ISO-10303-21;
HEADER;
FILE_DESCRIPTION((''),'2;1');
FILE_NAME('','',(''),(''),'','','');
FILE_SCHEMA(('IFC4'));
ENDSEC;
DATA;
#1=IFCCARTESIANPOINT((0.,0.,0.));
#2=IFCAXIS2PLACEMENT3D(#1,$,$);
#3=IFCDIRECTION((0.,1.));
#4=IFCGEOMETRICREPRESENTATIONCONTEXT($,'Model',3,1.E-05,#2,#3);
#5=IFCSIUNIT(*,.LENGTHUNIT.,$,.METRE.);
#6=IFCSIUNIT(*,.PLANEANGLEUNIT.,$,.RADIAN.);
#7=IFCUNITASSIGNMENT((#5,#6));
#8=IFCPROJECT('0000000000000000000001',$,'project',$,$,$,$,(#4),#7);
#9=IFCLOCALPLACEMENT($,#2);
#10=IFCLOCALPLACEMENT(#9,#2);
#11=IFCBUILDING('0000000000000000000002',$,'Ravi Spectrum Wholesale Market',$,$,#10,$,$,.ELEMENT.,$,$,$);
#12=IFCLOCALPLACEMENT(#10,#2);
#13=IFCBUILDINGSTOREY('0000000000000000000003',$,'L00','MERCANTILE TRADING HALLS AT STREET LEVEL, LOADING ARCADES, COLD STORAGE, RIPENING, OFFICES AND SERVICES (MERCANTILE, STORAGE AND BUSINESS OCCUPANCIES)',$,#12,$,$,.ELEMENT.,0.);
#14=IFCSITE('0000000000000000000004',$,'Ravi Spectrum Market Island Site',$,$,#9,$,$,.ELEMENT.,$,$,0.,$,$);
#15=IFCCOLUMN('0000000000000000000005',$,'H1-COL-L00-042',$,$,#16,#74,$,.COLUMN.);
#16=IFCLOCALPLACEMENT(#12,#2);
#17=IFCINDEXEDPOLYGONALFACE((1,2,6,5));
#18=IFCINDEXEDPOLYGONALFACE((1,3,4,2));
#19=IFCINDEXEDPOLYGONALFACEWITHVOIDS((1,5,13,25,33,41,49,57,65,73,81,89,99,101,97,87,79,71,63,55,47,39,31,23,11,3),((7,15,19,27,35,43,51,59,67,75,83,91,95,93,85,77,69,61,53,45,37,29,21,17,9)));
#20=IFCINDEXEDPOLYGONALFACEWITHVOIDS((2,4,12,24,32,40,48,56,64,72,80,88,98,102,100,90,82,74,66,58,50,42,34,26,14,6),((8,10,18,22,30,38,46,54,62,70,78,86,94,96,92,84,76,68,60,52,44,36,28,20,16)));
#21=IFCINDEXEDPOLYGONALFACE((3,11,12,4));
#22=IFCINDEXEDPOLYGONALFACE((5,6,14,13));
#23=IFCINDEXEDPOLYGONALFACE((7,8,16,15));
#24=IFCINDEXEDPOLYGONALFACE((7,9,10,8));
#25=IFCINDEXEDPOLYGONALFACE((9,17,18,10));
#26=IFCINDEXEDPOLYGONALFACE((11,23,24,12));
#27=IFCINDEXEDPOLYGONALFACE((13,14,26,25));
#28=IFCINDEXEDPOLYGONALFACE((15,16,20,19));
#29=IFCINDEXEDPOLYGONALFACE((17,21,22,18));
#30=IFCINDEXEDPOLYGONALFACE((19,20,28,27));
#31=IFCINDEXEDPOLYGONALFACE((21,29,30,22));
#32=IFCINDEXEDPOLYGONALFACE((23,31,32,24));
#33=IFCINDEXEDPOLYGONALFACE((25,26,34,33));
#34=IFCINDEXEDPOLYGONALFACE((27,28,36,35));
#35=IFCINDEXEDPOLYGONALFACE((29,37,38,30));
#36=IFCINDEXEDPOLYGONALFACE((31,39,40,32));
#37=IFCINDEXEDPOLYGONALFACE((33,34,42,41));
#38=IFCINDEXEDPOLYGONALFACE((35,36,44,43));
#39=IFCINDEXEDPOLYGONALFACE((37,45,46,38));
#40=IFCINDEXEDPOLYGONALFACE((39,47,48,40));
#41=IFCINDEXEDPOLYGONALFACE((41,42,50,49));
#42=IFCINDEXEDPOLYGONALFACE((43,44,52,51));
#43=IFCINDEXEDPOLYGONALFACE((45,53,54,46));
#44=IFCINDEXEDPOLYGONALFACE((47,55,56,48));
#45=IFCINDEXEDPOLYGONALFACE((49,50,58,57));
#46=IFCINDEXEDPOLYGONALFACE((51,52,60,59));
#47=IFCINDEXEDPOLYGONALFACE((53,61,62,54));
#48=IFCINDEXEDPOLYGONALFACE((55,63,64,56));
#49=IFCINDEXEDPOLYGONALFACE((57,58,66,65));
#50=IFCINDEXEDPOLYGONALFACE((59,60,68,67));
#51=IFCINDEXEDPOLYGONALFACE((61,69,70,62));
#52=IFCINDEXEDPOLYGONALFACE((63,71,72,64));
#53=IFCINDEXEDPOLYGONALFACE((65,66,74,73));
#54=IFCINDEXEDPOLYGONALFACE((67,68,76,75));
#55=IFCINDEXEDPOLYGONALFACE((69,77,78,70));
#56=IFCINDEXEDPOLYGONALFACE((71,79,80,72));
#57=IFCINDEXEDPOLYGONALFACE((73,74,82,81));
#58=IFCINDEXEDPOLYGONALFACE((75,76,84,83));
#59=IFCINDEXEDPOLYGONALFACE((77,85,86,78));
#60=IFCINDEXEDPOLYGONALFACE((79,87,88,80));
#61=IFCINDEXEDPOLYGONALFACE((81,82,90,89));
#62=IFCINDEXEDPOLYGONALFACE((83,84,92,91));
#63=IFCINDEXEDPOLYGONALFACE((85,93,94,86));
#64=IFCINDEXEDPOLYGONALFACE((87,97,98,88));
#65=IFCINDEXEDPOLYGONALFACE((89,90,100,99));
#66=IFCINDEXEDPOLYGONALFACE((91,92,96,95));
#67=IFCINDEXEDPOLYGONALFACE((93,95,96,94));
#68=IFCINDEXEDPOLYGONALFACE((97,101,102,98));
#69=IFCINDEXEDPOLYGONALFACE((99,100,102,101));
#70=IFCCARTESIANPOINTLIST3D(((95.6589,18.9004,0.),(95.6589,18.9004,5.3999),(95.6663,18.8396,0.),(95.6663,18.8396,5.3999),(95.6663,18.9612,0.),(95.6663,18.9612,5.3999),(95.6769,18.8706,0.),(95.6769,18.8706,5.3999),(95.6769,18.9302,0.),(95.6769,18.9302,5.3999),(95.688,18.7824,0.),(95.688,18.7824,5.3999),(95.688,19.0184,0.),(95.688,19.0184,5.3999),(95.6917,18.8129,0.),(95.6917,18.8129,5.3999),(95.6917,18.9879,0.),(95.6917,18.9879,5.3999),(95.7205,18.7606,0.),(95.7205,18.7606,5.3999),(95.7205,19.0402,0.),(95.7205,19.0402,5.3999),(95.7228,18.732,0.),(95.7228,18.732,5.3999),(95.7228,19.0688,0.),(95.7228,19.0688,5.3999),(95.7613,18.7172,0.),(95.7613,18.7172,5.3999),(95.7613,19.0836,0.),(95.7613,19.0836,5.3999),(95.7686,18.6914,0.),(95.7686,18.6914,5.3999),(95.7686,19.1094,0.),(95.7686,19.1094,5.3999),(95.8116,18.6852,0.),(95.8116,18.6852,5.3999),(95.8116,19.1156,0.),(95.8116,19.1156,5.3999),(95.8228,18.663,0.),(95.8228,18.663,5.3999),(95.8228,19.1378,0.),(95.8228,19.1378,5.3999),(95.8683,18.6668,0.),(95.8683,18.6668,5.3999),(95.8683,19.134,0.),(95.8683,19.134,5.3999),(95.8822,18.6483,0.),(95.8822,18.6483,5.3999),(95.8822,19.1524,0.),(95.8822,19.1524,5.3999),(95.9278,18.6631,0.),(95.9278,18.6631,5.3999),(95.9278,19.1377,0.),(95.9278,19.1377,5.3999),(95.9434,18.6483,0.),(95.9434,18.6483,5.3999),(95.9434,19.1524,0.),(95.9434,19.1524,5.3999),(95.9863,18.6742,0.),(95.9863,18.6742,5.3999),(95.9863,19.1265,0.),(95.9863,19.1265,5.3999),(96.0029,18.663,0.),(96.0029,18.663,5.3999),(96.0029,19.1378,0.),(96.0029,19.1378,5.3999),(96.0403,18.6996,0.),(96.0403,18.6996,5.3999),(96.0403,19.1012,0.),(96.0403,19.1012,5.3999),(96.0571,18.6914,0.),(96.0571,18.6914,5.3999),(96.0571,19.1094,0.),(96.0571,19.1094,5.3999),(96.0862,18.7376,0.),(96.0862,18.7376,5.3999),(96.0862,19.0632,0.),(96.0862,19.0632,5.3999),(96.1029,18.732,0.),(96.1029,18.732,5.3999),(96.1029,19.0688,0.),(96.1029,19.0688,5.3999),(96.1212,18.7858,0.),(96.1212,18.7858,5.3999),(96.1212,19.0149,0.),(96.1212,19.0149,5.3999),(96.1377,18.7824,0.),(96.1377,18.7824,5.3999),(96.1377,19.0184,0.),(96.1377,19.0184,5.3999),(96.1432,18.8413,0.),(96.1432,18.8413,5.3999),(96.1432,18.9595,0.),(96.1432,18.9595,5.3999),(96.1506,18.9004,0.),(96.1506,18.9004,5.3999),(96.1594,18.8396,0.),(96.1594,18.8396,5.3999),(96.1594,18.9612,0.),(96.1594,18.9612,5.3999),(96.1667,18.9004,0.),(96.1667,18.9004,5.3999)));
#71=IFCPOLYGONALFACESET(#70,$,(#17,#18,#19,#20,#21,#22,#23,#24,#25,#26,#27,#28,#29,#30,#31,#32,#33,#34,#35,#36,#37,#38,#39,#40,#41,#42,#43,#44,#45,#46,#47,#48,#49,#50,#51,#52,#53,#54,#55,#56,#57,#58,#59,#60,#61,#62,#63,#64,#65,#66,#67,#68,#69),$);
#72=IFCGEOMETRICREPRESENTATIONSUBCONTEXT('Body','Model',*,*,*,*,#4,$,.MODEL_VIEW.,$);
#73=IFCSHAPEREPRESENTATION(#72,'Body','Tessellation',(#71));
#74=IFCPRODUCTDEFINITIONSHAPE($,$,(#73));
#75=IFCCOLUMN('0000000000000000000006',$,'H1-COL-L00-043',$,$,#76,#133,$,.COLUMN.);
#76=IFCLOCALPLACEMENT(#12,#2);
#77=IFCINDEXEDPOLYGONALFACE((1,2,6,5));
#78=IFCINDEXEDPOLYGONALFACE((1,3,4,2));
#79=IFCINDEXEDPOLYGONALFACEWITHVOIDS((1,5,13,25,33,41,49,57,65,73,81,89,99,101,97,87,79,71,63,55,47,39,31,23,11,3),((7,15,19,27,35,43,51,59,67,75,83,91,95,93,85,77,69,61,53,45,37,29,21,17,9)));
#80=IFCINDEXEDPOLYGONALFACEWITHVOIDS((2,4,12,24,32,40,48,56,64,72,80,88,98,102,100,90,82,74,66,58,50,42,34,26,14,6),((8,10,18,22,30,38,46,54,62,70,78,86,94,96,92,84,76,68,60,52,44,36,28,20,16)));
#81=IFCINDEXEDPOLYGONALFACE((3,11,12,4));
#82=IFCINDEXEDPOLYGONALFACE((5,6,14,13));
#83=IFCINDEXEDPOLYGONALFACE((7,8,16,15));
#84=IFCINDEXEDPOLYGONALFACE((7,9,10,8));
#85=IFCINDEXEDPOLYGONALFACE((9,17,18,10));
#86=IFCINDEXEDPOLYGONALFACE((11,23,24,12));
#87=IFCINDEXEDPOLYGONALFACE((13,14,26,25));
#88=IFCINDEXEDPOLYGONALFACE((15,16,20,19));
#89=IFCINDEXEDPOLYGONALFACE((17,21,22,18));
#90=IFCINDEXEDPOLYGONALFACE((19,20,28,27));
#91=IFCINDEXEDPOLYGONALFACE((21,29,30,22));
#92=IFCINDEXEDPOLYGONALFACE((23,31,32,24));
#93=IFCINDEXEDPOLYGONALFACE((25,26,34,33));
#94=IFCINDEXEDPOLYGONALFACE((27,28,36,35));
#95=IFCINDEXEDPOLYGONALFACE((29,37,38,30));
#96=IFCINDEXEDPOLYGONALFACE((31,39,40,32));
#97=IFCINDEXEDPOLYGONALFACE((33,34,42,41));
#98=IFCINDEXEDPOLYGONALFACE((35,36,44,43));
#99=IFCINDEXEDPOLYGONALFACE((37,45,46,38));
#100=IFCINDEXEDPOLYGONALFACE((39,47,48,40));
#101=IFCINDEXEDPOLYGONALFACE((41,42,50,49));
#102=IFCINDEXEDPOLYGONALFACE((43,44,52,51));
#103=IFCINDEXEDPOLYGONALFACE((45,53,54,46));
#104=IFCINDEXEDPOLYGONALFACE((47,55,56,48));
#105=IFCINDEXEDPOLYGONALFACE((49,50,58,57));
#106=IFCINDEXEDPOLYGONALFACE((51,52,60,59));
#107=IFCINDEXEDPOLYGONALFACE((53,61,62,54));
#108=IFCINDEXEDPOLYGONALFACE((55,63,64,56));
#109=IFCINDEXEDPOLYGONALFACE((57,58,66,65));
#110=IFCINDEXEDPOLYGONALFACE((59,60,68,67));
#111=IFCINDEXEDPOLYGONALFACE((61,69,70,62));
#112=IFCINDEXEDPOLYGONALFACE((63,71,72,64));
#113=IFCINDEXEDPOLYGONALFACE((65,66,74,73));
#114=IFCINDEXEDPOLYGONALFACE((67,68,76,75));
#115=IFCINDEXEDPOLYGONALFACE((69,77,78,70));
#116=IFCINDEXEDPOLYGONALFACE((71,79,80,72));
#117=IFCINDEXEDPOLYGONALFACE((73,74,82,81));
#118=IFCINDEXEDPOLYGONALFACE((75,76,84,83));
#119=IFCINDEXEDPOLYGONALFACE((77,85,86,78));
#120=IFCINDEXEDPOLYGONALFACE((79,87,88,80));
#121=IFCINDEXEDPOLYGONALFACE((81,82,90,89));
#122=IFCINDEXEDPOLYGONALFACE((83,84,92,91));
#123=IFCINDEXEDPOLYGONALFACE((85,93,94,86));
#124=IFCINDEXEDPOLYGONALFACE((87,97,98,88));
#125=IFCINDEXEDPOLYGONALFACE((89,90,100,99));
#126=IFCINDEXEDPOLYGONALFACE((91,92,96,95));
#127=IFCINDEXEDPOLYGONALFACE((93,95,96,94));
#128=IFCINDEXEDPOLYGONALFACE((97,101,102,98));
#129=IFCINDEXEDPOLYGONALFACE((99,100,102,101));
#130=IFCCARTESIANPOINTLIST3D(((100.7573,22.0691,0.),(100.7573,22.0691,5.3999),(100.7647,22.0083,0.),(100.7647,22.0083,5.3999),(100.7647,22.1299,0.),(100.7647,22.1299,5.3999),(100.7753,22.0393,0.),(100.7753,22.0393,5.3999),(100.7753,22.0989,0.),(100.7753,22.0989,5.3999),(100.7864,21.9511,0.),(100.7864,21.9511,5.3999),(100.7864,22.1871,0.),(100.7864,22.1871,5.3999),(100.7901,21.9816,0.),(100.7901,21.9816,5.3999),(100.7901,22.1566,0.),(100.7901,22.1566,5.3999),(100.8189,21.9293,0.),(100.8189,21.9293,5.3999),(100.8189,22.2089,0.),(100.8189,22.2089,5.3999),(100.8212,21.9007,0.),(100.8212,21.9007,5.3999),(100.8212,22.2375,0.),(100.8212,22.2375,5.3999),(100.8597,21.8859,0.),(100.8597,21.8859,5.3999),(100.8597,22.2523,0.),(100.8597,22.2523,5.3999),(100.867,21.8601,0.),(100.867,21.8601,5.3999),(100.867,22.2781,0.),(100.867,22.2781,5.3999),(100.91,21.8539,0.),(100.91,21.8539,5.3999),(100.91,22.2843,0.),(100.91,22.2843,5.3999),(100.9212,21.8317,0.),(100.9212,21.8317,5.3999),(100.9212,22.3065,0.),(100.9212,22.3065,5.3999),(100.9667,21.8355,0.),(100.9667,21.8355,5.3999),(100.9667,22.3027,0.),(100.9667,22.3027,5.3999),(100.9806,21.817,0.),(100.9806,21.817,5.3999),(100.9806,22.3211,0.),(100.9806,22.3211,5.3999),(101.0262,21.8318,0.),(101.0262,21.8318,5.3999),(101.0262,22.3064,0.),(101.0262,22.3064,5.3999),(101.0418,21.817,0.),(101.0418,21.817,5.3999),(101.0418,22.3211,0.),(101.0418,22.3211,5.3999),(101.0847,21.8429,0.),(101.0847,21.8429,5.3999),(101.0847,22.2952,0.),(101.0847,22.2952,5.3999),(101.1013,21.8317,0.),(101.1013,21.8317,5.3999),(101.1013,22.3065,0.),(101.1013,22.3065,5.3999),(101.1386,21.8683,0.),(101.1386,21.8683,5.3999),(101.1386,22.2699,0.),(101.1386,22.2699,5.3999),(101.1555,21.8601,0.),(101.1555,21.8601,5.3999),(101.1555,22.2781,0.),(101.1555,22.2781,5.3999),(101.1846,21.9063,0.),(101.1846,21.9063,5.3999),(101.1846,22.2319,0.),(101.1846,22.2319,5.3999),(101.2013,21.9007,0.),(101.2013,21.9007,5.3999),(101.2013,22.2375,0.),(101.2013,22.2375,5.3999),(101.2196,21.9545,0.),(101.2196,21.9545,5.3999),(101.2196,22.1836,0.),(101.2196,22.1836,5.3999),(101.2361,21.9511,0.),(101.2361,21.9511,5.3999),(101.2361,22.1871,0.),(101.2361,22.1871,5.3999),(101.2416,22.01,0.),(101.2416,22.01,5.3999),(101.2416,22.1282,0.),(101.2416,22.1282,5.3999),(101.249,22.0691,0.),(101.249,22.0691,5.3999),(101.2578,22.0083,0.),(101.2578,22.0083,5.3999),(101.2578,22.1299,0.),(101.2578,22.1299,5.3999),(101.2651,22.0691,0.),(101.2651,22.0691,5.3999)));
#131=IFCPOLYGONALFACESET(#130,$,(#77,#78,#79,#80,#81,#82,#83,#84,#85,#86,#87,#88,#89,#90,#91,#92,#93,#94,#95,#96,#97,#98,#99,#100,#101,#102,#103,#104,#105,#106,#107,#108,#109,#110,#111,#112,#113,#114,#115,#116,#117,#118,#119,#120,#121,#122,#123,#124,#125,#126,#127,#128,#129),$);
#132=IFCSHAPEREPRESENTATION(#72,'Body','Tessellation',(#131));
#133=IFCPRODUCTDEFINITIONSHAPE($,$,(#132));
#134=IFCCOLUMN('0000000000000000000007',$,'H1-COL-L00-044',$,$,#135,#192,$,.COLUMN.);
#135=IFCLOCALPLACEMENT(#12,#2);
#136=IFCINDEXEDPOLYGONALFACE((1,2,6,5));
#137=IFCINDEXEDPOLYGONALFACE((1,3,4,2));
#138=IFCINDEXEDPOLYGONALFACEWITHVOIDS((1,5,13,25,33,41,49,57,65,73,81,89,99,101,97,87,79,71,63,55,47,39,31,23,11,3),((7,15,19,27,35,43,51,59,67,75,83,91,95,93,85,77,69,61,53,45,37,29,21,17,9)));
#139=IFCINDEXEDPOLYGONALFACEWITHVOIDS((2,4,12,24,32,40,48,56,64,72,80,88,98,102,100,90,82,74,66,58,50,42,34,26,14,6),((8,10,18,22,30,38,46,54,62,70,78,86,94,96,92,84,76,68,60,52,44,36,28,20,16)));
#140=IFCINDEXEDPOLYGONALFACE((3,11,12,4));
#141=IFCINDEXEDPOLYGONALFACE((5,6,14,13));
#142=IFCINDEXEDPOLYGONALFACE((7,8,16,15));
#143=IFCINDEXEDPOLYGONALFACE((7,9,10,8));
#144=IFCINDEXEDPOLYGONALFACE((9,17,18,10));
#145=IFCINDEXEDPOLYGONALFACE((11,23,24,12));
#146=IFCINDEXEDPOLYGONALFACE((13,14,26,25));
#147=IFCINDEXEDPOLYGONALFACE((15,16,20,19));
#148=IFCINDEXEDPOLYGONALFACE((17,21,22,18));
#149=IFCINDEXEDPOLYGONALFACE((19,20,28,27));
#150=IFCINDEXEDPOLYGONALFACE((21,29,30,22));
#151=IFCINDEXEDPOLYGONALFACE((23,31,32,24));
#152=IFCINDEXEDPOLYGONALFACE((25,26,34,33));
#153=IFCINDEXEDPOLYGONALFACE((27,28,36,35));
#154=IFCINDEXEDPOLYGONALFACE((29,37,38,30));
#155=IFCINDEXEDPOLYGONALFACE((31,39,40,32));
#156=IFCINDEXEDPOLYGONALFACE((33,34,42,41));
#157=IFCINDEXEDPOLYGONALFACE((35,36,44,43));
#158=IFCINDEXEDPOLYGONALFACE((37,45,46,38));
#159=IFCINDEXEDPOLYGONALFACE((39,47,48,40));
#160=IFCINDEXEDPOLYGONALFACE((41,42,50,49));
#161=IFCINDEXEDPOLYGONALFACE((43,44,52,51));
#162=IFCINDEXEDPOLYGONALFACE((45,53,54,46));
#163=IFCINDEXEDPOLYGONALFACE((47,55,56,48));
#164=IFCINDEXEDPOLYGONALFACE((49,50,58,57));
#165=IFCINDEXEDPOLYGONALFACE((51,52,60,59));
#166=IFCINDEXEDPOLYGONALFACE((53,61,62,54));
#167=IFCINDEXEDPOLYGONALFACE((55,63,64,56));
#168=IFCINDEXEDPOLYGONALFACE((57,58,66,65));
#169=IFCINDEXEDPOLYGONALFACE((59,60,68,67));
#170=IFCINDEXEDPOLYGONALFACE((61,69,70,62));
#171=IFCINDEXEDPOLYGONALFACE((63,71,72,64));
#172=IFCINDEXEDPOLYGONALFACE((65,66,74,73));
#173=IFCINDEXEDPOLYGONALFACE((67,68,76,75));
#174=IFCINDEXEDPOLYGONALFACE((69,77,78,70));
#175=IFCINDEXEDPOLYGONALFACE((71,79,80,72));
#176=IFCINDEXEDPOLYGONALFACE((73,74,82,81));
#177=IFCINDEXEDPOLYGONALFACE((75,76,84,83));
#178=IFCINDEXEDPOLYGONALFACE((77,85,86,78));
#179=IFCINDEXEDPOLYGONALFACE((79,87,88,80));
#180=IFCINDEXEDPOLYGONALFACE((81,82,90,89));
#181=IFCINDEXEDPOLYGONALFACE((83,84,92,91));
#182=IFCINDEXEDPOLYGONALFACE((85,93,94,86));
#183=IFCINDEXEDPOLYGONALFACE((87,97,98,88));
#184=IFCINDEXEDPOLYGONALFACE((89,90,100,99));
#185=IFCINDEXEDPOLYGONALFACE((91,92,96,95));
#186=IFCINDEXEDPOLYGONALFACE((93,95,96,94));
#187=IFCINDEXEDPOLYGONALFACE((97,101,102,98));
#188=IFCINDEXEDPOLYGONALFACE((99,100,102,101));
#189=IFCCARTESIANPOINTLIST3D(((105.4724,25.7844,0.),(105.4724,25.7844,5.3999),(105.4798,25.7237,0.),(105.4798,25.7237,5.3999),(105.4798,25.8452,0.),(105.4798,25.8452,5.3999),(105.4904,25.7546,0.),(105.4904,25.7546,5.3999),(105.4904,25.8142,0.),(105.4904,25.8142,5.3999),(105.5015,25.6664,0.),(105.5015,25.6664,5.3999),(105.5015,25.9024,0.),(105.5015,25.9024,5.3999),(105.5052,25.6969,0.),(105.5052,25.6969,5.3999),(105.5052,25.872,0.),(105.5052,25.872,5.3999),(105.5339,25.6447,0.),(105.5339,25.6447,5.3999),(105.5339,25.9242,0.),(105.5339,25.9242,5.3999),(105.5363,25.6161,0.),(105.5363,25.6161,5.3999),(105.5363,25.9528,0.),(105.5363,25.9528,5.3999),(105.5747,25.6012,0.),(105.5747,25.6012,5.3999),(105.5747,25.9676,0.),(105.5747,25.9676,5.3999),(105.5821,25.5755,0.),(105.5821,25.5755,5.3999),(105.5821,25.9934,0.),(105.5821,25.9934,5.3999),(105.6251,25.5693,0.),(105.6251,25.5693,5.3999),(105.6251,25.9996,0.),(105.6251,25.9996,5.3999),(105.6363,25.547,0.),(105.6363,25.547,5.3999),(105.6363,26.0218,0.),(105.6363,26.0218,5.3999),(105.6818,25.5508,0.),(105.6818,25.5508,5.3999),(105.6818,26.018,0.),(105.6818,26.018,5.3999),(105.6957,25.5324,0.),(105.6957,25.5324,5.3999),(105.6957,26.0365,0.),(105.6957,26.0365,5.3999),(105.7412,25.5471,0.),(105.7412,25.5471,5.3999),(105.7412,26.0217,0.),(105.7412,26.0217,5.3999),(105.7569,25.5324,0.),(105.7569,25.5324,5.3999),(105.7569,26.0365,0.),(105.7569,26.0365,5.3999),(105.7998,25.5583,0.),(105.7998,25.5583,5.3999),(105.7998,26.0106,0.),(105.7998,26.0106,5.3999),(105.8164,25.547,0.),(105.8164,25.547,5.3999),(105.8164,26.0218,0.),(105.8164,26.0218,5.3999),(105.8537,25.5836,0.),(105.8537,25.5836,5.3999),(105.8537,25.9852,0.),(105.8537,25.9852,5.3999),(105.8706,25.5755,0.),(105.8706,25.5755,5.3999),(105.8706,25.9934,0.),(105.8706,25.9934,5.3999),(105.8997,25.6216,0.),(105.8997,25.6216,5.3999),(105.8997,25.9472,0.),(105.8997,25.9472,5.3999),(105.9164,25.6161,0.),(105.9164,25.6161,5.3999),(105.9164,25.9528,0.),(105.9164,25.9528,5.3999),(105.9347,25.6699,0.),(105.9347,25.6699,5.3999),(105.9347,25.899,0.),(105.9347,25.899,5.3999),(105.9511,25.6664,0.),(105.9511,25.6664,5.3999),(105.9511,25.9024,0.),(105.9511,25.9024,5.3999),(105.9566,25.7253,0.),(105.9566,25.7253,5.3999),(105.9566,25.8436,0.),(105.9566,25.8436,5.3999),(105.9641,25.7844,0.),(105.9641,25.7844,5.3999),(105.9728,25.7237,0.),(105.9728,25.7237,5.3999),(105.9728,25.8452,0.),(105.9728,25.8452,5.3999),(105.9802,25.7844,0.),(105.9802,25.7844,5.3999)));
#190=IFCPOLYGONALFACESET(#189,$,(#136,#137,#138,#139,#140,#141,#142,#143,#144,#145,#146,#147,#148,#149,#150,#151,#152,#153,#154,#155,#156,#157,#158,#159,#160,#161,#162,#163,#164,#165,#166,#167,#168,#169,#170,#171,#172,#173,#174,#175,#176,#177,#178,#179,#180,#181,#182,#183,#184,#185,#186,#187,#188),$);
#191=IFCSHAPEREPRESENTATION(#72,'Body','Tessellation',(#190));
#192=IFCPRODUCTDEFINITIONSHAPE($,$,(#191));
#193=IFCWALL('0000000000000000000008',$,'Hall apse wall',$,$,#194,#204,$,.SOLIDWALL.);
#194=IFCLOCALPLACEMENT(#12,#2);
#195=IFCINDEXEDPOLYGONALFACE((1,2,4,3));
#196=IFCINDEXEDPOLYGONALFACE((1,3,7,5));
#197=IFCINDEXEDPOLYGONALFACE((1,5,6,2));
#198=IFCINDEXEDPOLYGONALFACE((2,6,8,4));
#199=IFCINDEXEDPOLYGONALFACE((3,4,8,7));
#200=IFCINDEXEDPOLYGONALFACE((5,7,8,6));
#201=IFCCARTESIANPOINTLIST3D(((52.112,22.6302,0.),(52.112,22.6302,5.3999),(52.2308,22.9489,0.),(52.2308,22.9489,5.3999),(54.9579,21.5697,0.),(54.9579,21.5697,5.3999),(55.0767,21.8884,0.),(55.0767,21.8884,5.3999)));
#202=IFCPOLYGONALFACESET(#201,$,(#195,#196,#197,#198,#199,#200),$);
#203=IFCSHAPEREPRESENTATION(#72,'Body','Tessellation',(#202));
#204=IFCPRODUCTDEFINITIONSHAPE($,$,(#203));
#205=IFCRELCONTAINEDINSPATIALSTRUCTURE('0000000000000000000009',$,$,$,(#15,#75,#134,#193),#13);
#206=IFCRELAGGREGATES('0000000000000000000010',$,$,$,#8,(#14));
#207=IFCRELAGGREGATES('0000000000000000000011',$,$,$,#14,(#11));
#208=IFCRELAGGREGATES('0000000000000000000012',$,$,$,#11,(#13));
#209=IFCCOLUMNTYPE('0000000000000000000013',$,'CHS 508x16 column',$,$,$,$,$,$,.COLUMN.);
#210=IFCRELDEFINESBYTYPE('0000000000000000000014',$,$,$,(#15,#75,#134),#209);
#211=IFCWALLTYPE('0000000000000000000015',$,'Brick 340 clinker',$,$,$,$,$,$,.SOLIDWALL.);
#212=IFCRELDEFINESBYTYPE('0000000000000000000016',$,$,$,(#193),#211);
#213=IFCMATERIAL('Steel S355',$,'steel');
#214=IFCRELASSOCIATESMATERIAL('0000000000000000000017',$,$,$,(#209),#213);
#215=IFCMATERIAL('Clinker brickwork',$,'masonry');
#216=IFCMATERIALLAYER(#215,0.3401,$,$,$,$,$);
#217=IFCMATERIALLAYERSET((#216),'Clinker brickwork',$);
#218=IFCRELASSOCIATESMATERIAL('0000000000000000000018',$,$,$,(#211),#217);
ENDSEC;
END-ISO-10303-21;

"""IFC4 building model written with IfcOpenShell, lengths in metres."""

from ifc_helpers import new_model, si_unit, direction, frame, frame_2d, origin, origin_2d, place, context, subcontext, project, spatial, rectangle, hollow_circle, extrude, material, layer, layer_set, material_profile, profile_set, type_object, element, save


model = new_model("IFC4")

# Units and contexts
model_context = context("Model", 3, precision=1e-05, world=origin(), true_north=direction((0.0, 1.0)))
body_context = subcontext(model_context, "Body", "Model", "MODEL_VIEW")
ifc_project = project(units=[si_unit("LENGTHUNIT", "METRE"), si_unit("PLANEANGLEUNIT", "RADIAN")], contexts=[model_context])

# Site, building, storey
site_placement = place(None, origin())
site = spatial("IfcSite", under=ifc_project, at=site_placement, Name="Ravi Spectrum Market Island Site", CompositionType="ELEMENT", RefElevation=0.0)
building_placement = place(site_placement, origin())
building = spatial("IfcBuilding", under=site, at=building_placement, Name="Ravi Spectrum Wholesale Market", CompositionType="ELEMENT")
storey_placement = place(building_placement, origin())
storey = spatial("IfcBuildingStorey", under=building, at=storey_placement, Name="L00", Description="MERCANTILE TRADING HALLS AT STREET LEVEL, LOADING ARCADES, COLD STORAGE, RIPENING, OFFICES AND SERVICES (MERCANTILE, STORAGE AND BUSINESS OCCUPANCIES)", CompositionType="ELEMENT", Elevation=0.0)

# Columns
ifc_material_1 = material(Name="Steel S355", Category="steel")
ifc_material_profile = material_profile(ifc_material_1, hollow_circle(Radius=0.2539, WallThickness=0.0161, at=origin_2d()))
ifc_profile_set = profile_set([ifc_material_profile], Name="Steel S355")
column_type = type_object("IfcColumnType", Name="CHS 508x16 column", PredefinedType="COLUMN", material=ifc_profile_set)
for number, where, z_axis, x_axis, name in (
    (1, (95.9128, 18.9004, 0.0), (0.0, 0.0, 1.0), (1.0, 0.0, 0.0), "H1-COL-L00-042"),
    (2, (101.0112, 22.0691, 0.0), (0.0, 0.0, 1.0), (1.0, 0.0, 0.0), "H1-COL-L00-043"),
    (3, (105.7263, 25.7844, 0.0), (0.0, 0.0, 1.0), (1.0, 0.0, 0.0), "H1-COL-L00-044"),
):
    element("IfcColumn", number, at=place(storey_placement, frame(where, z_axis=z_axis, x_axis=x_axis)), inside=storey, type_object=column_type, Name=name, PredefinedType="COLUMN", context=body_context, shape_type="SweptSolid", body=[
        extrude(hollow_circle(Radius=0.2539, WallThickness=0.0161, at=origin_2d()), origin(), (0.0, 0.0, 1.0), 5.3999),
    ])

# Wall
ifc_material_2 = material(Name="Clinker brickwork", Category="masonry")
ifc_layer = layer(ifc_material_2, 0.3401)
ifc_layer_set = layer_set([ifc_layer], Name="Clinker brickwork")
wall_type = type_object("IfcWallType", Name="Brick 340 clinker", PredefinedType="SOLIDWALL", material=ifc_layer_set)
for number, where, z_axis, x_axis, name in (
    (4, (52.1714, 22.7896, 0.0), (0.0, 0.0, 1.0), (0.937051, -0.349193, 0.0), "Hall apse wall"),
):
    element("IfcWall", number, at=place(storey_placement, frame(where, z_axis=z_axis, x_axis=x_axis)), inside=storey, type_object=wall_type, Name=name, PredefinedType="SOLIDWALL", context=body_context, shape_type="SweptSolid", body=[
        extrude(rectangle(XDim=3.0371, YDim=0.3401, at=frame_2d((1.5186, 0.0))), origin(), (0.0, 0.0, 1.0), 5.3999),
    ])

save(model, "model.ifc")
